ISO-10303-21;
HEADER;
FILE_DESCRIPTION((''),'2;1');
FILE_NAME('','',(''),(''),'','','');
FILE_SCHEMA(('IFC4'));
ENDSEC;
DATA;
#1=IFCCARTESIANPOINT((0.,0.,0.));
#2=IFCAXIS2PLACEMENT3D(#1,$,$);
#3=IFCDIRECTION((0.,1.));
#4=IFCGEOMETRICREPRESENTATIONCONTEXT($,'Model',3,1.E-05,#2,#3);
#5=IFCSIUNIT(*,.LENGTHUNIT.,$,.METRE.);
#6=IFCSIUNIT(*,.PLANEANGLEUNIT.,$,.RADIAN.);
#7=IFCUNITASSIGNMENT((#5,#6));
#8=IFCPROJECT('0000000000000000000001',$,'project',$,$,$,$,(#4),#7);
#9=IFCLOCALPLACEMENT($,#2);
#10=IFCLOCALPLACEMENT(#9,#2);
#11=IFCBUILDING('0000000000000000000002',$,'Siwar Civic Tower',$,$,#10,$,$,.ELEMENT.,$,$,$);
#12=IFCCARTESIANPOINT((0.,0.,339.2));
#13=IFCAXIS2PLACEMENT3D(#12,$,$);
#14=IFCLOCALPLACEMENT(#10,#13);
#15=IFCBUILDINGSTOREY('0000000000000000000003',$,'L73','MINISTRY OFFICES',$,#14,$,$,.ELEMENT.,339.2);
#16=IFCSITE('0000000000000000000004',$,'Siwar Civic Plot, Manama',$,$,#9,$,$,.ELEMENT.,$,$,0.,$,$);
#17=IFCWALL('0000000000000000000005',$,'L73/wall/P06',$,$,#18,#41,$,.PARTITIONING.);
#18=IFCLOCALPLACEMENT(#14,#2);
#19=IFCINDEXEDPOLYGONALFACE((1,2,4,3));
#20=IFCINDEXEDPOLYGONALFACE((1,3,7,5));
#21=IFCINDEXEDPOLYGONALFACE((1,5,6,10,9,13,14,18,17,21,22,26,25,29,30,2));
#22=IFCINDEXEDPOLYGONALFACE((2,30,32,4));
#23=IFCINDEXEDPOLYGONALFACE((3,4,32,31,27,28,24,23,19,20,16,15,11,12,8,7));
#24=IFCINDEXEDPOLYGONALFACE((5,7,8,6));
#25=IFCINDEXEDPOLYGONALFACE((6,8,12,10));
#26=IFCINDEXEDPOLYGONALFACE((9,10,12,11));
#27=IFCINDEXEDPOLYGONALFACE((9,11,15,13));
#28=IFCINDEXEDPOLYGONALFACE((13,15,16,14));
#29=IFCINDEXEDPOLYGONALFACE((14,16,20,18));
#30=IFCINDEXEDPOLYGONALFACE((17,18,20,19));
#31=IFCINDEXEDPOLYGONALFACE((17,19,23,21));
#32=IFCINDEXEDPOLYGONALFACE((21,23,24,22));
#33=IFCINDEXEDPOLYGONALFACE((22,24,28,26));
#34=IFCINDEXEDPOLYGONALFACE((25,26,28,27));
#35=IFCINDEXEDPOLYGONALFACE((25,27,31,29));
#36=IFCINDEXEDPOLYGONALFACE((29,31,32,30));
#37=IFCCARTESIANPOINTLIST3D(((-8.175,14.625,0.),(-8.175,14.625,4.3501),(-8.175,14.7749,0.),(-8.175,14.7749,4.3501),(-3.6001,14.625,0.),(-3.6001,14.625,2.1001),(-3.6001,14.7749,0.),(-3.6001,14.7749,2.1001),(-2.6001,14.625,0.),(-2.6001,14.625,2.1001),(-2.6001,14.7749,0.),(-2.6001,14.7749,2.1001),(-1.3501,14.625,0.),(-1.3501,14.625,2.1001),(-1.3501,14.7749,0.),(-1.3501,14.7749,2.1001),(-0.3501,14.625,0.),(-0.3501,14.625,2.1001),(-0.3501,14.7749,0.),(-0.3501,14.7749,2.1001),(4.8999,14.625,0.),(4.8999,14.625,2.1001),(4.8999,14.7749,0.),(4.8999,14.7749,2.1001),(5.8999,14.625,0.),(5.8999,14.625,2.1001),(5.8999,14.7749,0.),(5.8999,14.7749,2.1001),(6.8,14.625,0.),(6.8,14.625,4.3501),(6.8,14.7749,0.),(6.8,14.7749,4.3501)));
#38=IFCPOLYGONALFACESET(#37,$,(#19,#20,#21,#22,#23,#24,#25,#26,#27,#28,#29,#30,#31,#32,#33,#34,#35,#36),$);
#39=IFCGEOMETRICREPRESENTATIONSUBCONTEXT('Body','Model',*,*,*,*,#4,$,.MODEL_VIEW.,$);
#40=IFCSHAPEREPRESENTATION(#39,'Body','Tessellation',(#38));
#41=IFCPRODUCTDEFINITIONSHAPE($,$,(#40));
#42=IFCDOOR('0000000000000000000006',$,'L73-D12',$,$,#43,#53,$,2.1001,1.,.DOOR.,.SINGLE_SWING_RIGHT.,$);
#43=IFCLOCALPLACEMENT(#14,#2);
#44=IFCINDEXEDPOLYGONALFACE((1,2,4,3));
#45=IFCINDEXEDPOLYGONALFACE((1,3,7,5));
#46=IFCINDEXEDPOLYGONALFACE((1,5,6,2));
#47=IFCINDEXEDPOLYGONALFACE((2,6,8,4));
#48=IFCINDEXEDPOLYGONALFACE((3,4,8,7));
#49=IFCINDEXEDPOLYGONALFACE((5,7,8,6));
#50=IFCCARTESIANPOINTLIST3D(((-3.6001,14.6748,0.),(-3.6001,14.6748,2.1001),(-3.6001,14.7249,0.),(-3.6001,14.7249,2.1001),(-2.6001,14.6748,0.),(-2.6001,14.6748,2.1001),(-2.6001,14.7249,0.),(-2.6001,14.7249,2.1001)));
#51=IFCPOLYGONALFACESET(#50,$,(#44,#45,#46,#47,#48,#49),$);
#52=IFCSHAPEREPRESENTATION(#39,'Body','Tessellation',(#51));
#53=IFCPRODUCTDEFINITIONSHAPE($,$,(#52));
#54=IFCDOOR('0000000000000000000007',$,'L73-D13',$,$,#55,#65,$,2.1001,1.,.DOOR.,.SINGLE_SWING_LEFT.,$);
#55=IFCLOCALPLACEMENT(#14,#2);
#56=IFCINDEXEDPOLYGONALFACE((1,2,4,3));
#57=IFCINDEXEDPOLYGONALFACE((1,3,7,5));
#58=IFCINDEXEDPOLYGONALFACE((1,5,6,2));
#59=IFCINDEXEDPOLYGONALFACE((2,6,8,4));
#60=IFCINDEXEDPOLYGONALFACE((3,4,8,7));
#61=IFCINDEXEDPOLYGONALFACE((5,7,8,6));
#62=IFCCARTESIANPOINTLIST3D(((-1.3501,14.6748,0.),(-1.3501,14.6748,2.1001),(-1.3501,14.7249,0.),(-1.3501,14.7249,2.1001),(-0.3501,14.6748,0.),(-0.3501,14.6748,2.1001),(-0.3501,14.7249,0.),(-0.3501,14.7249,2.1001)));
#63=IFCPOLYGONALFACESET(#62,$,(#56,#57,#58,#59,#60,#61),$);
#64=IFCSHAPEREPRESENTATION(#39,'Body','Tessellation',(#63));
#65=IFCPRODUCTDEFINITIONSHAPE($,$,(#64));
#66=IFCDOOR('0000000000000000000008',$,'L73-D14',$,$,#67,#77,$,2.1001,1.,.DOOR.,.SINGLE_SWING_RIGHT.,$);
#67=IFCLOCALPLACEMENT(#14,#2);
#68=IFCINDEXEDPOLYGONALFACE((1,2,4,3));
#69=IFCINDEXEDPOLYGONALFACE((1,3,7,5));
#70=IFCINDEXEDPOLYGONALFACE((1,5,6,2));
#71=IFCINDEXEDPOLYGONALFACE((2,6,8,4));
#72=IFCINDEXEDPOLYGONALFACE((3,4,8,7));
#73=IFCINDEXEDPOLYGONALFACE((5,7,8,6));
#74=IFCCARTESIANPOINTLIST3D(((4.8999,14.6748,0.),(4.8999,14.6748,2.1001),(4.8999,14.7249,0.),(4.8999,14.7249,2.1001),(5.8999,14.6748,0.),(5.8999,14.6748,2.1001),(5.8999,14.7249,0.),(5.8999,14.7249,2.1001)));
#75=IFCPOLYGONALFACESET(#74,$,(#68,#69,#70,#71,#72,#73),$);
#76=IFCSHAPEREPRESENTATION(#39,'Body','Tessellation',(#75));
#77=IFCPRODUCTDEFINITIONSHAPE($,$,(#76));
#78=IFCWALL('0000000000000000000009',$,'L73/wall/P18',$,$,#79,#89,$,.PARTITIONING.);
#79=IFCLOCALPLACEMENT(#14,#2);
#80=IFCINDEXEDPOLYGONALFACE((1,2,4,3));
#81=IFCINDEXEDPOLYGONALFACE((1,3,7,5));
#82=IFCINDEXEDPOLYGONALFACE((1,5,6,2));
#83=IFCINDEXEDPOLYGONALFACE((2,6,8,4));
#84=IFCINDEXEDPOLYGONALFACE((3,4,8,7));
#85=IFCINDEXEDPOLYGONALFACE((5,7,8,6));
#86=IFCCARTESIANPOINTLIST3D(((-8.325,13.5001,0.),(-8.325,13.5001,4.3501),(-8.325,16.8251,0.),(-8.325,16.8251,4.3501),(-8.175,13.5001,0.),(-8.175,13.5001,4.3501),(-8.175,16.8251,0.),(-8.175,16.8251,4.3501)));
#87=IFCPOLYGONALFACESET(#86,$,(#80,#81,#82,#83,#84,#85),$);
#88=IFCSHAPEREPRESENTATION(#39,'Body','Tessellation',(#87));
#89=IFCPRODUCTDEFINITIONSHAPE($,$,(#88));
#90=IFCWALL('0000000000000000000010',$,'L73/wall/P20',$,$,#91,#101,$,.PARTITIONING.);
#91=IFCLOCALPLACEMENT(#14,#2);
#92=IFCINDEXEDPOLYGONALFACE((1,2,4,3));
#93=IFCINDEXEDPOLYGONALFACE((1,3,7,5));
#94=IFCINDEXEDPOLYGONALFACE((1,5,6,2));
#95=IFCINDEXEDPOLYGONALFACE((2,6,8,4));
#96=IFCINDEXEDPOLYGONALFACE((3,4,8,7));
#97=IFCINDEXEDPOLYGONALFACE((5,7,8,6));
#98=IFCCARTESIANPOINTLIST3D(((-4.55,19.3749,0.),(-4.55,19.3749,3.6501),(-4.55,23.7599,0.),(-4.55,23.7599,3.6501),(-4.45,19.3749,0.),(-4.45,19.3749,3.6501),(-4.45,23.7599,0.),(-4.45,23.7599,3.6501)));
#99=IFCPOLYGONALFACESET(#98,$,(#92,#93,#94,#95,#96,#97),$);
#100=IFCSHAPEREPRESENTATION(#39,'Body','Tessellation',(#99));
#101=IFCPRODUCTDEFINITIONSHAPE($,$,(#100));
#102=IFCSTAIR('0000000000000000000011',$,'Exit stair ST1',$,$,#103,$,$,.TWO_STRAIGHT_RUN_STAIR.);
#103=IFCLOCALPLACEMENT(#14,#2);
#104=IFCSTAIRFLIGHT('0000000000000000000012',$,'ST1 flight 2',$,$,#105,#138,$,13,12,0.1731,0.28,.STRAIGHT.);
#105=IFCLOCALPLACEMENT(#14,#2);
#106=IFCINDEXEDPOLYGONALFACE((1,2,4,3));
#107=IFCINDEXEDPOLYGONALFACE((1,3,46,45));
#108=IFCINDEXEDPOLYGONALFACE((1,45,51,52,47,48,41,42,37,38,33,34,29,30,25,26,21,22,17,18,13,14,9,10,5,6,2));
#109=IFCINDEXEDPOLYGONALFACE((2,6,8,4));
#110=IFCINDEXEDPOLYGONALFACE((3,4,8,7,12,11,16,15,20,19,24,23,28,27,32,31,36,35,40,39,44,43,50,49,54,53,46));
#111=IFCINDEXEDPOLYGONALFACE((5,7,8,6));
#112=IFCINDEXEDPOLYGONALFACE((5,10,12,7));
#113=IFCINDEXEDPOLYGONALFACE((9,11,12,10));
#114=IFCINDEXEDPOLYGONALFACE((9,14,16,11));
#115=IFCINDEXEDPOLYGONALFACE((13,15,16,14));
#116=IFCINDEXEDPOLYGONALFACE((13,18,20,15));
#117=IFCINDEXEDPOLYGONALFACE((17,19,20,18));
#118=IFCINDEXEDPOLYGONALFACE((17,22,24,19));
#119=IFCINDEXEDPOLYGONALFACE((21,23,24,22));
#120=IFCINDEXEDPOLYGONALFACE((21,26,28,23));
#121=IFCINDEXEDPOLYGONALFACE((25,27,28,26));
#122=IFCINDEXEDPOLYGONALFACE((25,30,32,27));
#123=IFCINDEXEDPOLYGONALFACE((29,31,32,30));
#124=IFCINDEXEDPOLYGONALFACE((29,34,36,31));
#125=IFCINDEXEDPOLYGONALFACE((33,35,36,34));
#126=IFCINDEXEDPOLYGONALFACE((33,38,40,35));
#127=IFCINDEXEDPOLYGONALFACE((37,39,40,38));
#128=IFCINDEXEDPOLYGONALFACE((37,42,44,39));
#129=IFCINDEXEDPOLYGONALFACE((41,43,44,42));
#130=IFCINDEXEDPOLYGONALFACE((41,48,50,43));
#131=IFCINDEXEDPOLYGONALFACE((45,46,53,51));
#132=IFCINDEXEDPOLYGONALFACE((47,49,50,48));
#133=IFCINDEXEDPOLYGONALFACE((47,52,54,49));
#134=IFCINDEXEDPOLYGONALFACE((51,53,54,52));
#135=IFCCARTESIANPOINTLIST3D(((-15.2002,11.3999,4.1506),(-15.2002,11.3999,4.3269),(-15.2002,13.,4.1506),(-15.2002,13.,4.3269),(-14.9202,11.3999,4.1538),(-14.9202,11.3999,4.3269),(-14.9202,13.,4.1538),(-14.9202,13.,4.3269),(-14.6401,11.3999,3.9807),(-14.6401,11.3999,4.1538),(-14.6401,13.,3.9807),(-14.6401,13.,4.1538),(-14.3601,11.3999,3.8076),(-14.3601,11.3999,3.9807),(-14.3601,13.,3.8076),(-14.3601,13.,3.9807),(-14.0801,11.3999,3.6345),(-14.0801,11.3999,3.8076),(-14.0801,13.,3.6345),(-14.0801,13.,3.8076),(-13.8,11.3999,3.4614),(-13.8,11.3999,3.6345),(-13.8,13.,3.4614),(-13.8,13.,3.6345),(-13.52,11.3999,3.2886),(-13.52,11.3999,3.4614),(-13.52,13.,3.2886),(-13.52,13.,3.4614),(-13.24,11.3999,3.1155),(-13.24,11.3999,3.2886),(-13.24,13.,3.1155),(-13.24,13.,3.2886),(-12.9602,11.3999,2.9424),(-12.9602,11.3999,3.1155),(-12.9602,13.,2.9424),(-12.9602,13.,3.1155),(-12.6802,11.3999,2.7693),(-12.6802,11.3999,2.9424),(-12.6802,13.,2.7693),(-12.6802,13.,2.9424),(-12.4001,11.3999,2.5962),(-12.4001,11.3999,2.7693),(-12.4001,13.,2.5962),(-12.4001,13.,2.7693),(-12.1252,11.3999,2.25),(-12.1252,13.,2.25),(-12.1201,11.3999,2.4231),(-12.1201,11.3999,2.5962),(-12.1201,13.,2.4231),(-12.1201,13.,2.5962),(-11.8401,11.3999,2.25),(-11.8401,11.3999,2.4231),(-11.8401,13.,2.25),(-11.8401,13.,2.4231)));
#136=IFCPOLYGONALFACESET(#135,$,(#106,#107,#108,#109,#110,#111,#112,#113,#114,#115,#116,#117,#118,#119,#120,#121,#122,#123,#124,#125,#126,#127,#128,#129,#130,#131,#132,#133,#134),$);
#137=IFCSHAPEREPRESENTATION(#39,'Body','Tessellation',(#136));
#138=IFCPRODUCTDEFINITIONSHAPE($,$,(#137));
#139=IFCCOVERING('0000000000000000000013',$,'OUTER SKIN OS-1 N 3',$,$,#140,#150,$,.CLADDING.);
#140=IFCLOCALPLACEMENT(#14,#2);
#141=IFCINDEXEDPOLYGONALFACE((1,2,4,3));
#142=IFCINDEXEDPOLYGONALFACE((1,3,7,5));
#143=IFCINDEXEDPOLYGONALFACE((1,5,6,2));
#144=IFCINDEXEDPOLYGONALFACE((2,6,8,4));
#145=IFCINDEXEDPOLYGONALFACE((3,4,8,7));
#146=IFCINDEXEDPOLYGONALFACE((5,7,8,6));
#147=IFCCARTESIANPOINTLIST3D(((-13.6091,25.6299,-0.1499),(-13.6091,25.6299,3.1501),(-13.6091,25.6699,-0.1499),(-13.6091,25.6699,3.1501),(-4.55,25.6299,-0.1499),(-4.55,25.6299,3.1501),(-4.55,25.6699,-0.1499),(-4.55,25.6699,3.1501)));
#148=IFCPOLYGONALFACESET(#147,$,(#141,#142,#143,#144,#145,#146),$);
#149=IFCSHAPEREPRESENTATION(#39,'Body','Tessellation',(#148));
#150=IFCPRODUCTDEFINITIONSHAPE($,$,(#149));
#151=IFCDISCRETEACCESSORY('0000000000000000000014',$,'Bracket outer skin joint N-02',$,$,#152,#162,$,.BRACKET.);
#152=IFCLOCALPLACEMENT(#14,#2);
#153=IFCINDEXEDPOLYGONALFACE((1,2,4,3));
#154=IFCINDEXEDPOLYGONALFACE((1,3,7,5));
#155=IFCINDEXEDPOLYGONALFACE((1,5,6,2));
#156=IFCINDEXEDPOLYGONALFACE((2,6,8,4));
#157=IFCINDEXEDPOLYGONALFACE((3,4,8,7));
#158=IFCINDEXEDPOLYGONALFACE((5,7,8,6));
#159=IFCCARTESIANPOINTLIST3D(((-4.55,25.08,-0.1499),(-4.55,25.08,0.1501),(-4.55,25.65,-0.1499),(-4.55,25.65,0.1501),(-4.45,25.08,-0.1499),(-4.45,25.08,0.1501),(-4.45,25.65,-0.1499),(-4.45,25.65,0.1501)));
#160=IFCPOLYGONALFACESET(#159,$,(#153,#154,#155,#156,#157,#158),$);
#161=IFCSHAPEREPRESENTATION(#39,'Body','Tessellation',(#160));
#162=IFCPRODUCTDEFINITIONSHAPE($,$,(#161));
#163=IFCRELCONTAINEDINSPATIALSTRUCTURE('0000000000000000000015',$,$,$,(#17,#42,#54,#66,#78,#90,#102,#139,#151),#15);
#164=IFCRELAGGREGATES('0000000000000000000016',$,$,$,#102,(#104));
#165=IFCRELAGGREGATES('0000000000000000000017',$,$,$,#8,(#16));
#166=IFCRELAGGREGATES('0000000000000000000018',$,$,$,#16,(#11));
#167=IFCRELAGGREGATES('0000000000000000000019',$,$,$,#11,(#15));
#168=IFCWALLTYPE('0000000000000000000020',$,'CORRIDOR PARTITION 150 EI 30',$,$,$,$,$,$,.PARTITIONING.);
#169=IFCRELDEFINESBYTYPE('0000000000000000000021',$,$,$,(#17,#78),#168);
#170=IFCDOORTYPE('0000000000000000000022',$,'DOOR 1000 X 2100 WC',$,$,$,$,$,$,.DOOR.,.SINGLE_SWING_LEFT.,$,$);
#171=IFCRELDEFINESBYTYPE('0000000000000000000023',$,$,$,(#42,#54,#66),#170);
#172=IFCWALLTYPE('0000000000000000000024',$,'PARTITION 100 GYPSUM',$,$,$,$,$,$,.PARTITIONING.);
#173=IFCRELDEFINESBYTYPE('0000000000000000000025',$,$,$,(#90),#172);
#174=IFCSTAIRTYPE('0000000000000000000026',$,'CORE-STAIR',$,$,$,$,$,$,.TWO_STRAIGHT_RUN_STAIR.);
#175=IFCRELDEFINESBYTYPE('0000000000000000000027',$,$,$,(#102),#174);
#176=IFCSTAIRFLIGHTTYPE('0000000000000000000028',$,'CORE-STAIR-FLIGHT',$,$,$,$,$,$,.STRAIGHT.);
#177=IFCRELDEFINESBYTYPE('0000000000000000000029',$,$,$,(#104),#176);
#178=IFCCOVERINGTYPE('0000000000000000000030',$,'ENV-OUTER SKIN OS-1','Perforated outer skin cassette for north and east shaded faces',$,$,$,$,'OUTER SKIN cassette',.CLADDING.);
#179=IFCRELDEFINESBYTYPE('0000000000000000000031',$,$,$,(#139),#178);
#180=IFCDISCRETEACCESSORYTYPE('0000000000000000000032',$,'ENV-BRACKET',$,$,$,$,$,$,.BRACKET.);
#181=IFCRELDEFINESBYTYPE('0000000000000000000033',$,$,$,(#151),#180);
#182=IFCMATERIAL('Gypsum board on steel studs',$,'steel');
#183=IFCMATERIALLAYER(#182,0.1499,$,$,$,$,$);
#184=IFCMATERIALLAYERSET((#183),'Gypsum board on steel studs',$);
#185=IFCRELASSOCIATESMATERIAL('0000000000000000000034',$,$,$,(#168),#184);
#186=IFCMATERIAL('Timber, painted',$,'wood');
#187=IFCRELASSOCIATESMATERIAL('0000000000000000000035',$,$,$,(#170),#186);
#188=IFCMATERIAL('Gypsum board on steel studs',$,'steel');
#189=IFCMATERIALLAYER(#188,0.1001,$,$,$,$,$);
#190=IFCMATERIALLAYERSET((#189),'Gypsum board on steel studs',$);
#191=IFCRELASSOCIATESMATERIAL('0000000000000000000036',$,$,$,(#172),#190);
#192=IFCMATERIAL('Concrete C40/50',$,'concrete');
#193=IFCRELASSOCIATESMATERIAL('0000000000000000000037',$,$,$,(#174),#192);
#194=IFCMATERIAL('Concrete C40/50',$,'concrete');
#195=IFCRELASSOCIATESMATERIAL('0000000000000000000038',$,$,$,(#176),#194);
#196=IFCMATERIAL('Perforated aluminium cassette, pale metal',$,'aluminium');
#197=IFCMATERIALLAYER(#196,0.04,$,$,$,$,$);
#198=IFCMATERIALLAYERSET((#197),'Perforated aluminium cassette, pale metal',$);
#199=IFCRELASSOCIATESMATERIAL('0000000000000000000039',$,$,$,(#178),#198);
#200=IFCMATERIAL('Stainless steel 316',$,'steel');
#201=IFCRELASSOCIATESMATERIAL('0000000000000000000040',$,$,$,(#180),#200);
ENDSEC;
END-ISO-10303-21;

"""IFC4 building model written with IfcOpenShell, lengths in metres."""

from ifc_helpers import new_model, si_unit, direction, frame, frame_2d, origin, origin_2d, place, context, subcontext, project, spatial, polyline, rectangle, outline, extrude, material, layer, layer_set, type_object, element, fill, aggregate, save


model = new_model("IFC4")

# Units and contexts
model_context = context("Model", 3, precision=1e-05, world=origin(), true_north=direction((0.0, 1.0)))
body_context = subcontext(model_context, "Body", "Model", "MODEL_VIEW")
ifc_project = project(units=[si_unit("LENGTHUNIT", "METRE"), si_unit("PLANEANGLEUNIT", "RADIAN")], contexts=[model_context])

# Site, building, storey
site_placement = place(None, origin())
site = spatial("IfcSite", under=ifc_project, at=site_placement, Name="Siwar Civic Plot, Manama", CompositionType="ELEMENT", RefElevation=0.0)
building_placement = place(site_placement, origin())
building = spatial("IfcBuilding", under=site, at=building_placement, Name="Siwar Civic Tower", CompositionType="ELEMENT")
storey_placement = place(building_placement, frame((0.0, 0.0, 339.2)))
storey = spatial("IfcBuildingStorey", under=building, at=storey_placement, Name="L73", Description="MINISTRY OFFICES", CompositionType="ELEMENT", Elevation=339.2)

# Wall, openings, doors
ifc_material_1 = material(Name="Gypsum board on steel studs", Category="steel")
ifc_layer_1 = layer(ifc_material_1, 0.1499)
ifc_layer_set_1 = layer_set([ifc_layer_1], Name="Gypsum board on steel studs")
wall_type_1 = type_object("IfcWallType", Name="CORRIDOR PARTITION 150 EI 30", PredefinedType="PARTITIONING", material=ifc_layer_set_1)
wall_1_placement = place(storey_placement, frame((-8.175, 14.7, 0.0), z_axis=(0.0, 0.0, 1.0), x_axis=(1.0, 0.0, 0.0)))
wall_1 = element("IfcWall", 1, at=wall_1_placement, inside=storey, type_object=wall_type_1, Name="L73/wall/P06", PredefinedType="PARTITIONING", context=body_context, shape_type="SweptSolid", body=[
    extrude(rectangle(XDim=14.9751, YDim=0.1499, at=frame_2d((7.4875, 0.0))), origin(), (0.0, 0.0, 1.0), 4.3501),
])
opening_1_placement = place(wall_1_placement, frame((4.575, 0.0, 0.0)))
opening_1 = element("IfcOpeningElement", 2, at=opening_1_placement, cuts=wall_1, PredefinedType="OPENING", context=body_context, shape_type="SweptSolid", body=[
    extrude(rectangle(XDim=1.0, YDim=2.1001, at=frame_2d((0.5, 1.05))), frame((0.0, 0.085, 0.0), z_axis=(0.0, -1.0, 0.0), x_axis=(1.0, 0.0, 0.0)), (0.0, 0.0, 1.0), 0.1699),
])
opening_2_placement = place(wall_1_placement, frame((6.825, 0.0, 0.0)))
opening_2 = element("IfcOpeningElement", 3, at=opening_2_placement, cuts=wall_1, PredefinedType="OPENING", context=body_context, shape_type="SweptSolid", body=[
    extrude(rectangle(XDim=1.0, YDim=2.1001, at=frame_2d((0.5, 1.05))), frame((0.0, 0.085, 0.0), z_axis=(0.0, -1.0, 0.0), x_axis=(1.0, 0.0, 0.0)), (0.0, 0.0, 1.0), 0.1699),
])
opening_3_placement = place(wall_1_placement, frame((13.075, 0.0, 0.0)))
opening_3 = element("IfcOpeningElement", 4, at=opening_3_placement, cuts=wall_1, PredefinedType="OPENING", context=body_context, shape_type="SweptSolid", body=[
    extrude(rectangle(XDim=1.0, YDim=2.1001, at=frame_2d((0.5, 1.05))), frame((0.0, 0.085, 0.0), z_axis=(0.0, -1.0, 0.0), x_axis=(1.0, 0.0, 0.0)), (0.0, 0.0, 1.0), 0.1699),
])
ifc_material_2 = material(Name="Timber, painted", Category="wood")
door_type_1 = type_object("IfcDoorType", Name="DOOR 1000 X 2100 WC", OperationType="SINGLE_SWING_LEFT", PredefinedType="DOOR", material=ifc_material_2)
door_1_placement = place(opening_1_placement, origin())
door_1 = element("IfcDoor", 5, at=door_1_placement, inside=storey, type_object=door_type_1, Name="L73-D12", OperationType="SINGLE_SWING_RIGHT", OverallHeight=2.1001, OverallWidth=1.0, PredefinedType="DOOR", context=body_context, shape_type="SweptSolid", body=[
    extrude(rectangle(XDim=1.0, YDim=2.1001, at=frame_2d((0.5, 1.05))), frame((0.0, 0.0249, 0.0), z_axis=(0.0, -1.0, 0.0), x_axis=(1.0, 0.0, 0.0)), (0.0, 0.0, 1.0), 0.05),
])
fill(opening_1, door_1)
door_2_placement = place(opening_2_placement, origin())
door_2 = element("IfcDoor", 6, at=door_2_placement, inside=storey, type_object=door_type_1, Name="L73-D13", OperationType="SINGLE_SWING_LEFT", OverallHeight=2.1001, OverallWidth=1.0, PredefinedType="DOOR", context=body_context, shape_type="SweptSolid", body=[
    extrude(rectangle(XDim=1.0, YDim=2.1001, at=frame_2d((0.5, 1.05))), frame((0.0, 0.0249, 0.0), z_axis=(0.0, -1.0, 0.0), x_axis=(1.0, 0.0, 0.0)), (0.0, 0.0, 1.0), 0.05),
])
fill(opening_2, door_2)
door_3_placement = place(opening_3_placement, origin())
door_3 = element("IfcDoor", 7, at=door_3_placement, inside=storey, type_object=door_type_1, Name="L73-D14", OperationType="SINGLE_SWING_RIGHT", OverallHeight=2.1001, OverallWidth=1.0, PredefinedType="DOOR", context=body_context, shape_type="SweptSolid", body=[
    extrude(rectangle(XDim=1.0, YDim=2.1001, at=frame_2d((0.5, 1.05))), frame((0.0, 0.0249, 0.0), z_axis=(0.0, -1.0, 0.0), x_axis=(1.0, 0.0, 0.0)), (0.0, 0.0, 1.0), 0.05),
])
fill(opening_3, door_3)

# Walls
wall_2_placement = place(storey_placement, frame((-8.25, 13.5, 0.0), z_axis=(0.0, 0.0, 1.0), x_axis=(0.0, 1.0, 0.0)))
element("IfcWall", 8, at=wall_2_placement, inside=storey, type_object=wall_type_1, Name="L73/wall/P18", PredefinedType="PARTITIONING", context=body_context, shape_type="SweptSolid", body=[
    extrude(rectangle(XDim=3.325, YDim=0.1499, at=frame_2d((1.6626, 0.0))), origin(), (0.0, 0.0, 1.0), 4.3501),
])
ifc_material_3 = material(Name="Gypsum board on steel studs", Category="steel")
ifc_layer_2 = layer(ifc_material_3, 0.1001)
ifc_layer_set_2 = layer_set([ifc_layer_2], Name="Gypsum board on steel studs")
wall_type_2 = type_object("IfcWallType", Name="PARTITION 100 GYPSUM", PredefinedType="PARTITIONING", material=ifc_layer_set_2)
wall_3_placement = place(storey_placement, frame((-4.5, 19.375, 0.0), z_axis=(0.0, 0.0, 1.0), x_axis=(0.0, 1.0, 0.0)))
element("IfcWall", 9, at=wall_3_placement, inside=storey, type_object=wall_type_2, Name="L73/wall/P20", PredefinedType="PARTITIONING", context=body_context, shape_type="SweptSolid", body=[
    extrude(rectangle(XDim=4.385, YDim=0.1001, at=frame_2d((2.1924, 0.0))), origin(), (0.0, 0.0, 1.0), 3.6501),
])

# Stair, stair flight
ifc_material_4 = material(Name="Concrete C40/50", Category="concrete")
stair_type = type_object("IfcStairType", Name="CORE-STAIR", PredefinedType="TWO_STRAIGHT_RUN_STAIR", material=ifc_material_4)
stair_placement = place(storey_placement, origin())
stair = element("IfcStair", 10, at=stair_placement, inside=storey, type_object=stair_type, Name="Exit stair ST1", PredefinedType="TWO_STRAIGHT_RUN_STAIR")
ifc_material_5 = material(Name="Concrete C40/50", Category="concrete")
stair_flight_type = type_object("IfcStairFlightType", Name="CORE-STAIR-FLIGHT", PredefinedType="STRAIGHT", material=ifc_material_5)
stair_flight_placement = place(storey_placement, frame((-11.8401, 12.2, 2.25), z_axis=(0.0, 0.0, 1.0), x_axis=(-1.0, 0.0, 0.0)))
stair_flight = element("IfcStairFlight", 11, at=stair_flight_placement, type_object=stair_flight_type, Name="ST1 flight 2", NumberOfRisers=13, NumberOfTreads=12, PredefinedType="STRAIGHT", RiserHeight=0.1731, TreadLength=0.28, context=body_context, shape_type="SweptSolid", body=[
    extrude(outline(polyline([(0.0, 0.0), (0.0, 0.1731), (0.28, 0.1731), (0.28, 0.3462), (0.5601, 0.3462), (0.5601, 0.5193), (0.8401, 0.5193), (0.8401, 0.6924), (1.1201, 0.6924), (1.1201, 0.8655), (1.3999, 0.8655), (1.3999, 1.0386), (1.6799, 1.0386), (1.6799, 1.2114), (1.96, 1.2114), (1.96, 1.3845), (2.24, 1.3845), (2.24, 1.5576), (2.52, 1.5576), (2.52, 1.7307), (2.8, 1.7307), (2.8, 1.9038), (3.0801, 1.9038), (3.0801, 2.0769), (3.3601, 2.0769), (3.3601, 2.25), (3.3601, 1.9006), (0.2852, 0.0), (0.0, 0.0)])), frame((0.0, 0.8, 0.0), z_axis=(0.0, -1.0, 0.0), x_axis=(1.0, 0.0, 0.0)), (0.0, 0.0, 1.0), 1.6001),
])
aggregate(stair, [stair_flight])

# Covering
ifc_material_6 = material(Name="Perforated aluminium cassette, pale metal", Category="aluminium")
ifc_layer_3 = layer(ifc_material_6, 0.04)
ifc_layer_set_3 = layer_set([ifc_layer_3], Name="Perforated aluminium cassette, pale metal")
covering_type = type_object("IfcCoveringType", Name="ENV-OUTER SKIN OS-1", Description="Perforated outer skin cassette for north and east shaded faces", ElementType="OUTER SKIN cassette", PredefinedType="CLADDING", material=ifc_layer_set_3)
covering_placement = place(storey_placement, frame((-9.0796, 25.6499, -0.1499), z_axis=(0.0, 0.0, 1.0), x_axis=(-1.0, 0.0, 0.0)))
element("IfcCovering", 12, at=covering_placement, inside=storey, type_object=covering_type, Name="OUTER SKIN OS-1 N 3", PredefinedType="CLADDING", context=body_context, shape_type="SweptSolid", body=[
    extrude(rectangle(XDim=9.0591, YDim=0.04, at=origin_2d()), origin(), (0.0, 0.0, 1.0), 3.3),
])

# Discrete accessory
ifc_material_7 = material(Name="Stainless steel 316", Category="steel")
discrete_accessory_type = type_object("IfcDiscreteAccessoryType", Name="ENV-BRACKET", PredefinedType="BRACKET", material=ifc_material_7)
discrete_accessory_placement = place(storey_placement, frame((-4.5, 25.365, -0.1499), z_axis=(0.0, 0.0, 1.0), x_axis=(0.0, 1.0, 0.0)))
element("IfcDiscreteAccessory", 13, at=discrete_accessory_placement, inside=storey, type_object=discrete_accessory_type, Name="Bracket outer skin joint N-02", PredefinedType="BRACKET", context=body_context, shape_type="SweptSolid", body=[
    extrude(rectangle(XDim=0.5701, YDim=0.1001, at=origin_2d()), origin(), (0.0, 0.0, 1.0), 0.3),
])

save(model, "model.ifc")
